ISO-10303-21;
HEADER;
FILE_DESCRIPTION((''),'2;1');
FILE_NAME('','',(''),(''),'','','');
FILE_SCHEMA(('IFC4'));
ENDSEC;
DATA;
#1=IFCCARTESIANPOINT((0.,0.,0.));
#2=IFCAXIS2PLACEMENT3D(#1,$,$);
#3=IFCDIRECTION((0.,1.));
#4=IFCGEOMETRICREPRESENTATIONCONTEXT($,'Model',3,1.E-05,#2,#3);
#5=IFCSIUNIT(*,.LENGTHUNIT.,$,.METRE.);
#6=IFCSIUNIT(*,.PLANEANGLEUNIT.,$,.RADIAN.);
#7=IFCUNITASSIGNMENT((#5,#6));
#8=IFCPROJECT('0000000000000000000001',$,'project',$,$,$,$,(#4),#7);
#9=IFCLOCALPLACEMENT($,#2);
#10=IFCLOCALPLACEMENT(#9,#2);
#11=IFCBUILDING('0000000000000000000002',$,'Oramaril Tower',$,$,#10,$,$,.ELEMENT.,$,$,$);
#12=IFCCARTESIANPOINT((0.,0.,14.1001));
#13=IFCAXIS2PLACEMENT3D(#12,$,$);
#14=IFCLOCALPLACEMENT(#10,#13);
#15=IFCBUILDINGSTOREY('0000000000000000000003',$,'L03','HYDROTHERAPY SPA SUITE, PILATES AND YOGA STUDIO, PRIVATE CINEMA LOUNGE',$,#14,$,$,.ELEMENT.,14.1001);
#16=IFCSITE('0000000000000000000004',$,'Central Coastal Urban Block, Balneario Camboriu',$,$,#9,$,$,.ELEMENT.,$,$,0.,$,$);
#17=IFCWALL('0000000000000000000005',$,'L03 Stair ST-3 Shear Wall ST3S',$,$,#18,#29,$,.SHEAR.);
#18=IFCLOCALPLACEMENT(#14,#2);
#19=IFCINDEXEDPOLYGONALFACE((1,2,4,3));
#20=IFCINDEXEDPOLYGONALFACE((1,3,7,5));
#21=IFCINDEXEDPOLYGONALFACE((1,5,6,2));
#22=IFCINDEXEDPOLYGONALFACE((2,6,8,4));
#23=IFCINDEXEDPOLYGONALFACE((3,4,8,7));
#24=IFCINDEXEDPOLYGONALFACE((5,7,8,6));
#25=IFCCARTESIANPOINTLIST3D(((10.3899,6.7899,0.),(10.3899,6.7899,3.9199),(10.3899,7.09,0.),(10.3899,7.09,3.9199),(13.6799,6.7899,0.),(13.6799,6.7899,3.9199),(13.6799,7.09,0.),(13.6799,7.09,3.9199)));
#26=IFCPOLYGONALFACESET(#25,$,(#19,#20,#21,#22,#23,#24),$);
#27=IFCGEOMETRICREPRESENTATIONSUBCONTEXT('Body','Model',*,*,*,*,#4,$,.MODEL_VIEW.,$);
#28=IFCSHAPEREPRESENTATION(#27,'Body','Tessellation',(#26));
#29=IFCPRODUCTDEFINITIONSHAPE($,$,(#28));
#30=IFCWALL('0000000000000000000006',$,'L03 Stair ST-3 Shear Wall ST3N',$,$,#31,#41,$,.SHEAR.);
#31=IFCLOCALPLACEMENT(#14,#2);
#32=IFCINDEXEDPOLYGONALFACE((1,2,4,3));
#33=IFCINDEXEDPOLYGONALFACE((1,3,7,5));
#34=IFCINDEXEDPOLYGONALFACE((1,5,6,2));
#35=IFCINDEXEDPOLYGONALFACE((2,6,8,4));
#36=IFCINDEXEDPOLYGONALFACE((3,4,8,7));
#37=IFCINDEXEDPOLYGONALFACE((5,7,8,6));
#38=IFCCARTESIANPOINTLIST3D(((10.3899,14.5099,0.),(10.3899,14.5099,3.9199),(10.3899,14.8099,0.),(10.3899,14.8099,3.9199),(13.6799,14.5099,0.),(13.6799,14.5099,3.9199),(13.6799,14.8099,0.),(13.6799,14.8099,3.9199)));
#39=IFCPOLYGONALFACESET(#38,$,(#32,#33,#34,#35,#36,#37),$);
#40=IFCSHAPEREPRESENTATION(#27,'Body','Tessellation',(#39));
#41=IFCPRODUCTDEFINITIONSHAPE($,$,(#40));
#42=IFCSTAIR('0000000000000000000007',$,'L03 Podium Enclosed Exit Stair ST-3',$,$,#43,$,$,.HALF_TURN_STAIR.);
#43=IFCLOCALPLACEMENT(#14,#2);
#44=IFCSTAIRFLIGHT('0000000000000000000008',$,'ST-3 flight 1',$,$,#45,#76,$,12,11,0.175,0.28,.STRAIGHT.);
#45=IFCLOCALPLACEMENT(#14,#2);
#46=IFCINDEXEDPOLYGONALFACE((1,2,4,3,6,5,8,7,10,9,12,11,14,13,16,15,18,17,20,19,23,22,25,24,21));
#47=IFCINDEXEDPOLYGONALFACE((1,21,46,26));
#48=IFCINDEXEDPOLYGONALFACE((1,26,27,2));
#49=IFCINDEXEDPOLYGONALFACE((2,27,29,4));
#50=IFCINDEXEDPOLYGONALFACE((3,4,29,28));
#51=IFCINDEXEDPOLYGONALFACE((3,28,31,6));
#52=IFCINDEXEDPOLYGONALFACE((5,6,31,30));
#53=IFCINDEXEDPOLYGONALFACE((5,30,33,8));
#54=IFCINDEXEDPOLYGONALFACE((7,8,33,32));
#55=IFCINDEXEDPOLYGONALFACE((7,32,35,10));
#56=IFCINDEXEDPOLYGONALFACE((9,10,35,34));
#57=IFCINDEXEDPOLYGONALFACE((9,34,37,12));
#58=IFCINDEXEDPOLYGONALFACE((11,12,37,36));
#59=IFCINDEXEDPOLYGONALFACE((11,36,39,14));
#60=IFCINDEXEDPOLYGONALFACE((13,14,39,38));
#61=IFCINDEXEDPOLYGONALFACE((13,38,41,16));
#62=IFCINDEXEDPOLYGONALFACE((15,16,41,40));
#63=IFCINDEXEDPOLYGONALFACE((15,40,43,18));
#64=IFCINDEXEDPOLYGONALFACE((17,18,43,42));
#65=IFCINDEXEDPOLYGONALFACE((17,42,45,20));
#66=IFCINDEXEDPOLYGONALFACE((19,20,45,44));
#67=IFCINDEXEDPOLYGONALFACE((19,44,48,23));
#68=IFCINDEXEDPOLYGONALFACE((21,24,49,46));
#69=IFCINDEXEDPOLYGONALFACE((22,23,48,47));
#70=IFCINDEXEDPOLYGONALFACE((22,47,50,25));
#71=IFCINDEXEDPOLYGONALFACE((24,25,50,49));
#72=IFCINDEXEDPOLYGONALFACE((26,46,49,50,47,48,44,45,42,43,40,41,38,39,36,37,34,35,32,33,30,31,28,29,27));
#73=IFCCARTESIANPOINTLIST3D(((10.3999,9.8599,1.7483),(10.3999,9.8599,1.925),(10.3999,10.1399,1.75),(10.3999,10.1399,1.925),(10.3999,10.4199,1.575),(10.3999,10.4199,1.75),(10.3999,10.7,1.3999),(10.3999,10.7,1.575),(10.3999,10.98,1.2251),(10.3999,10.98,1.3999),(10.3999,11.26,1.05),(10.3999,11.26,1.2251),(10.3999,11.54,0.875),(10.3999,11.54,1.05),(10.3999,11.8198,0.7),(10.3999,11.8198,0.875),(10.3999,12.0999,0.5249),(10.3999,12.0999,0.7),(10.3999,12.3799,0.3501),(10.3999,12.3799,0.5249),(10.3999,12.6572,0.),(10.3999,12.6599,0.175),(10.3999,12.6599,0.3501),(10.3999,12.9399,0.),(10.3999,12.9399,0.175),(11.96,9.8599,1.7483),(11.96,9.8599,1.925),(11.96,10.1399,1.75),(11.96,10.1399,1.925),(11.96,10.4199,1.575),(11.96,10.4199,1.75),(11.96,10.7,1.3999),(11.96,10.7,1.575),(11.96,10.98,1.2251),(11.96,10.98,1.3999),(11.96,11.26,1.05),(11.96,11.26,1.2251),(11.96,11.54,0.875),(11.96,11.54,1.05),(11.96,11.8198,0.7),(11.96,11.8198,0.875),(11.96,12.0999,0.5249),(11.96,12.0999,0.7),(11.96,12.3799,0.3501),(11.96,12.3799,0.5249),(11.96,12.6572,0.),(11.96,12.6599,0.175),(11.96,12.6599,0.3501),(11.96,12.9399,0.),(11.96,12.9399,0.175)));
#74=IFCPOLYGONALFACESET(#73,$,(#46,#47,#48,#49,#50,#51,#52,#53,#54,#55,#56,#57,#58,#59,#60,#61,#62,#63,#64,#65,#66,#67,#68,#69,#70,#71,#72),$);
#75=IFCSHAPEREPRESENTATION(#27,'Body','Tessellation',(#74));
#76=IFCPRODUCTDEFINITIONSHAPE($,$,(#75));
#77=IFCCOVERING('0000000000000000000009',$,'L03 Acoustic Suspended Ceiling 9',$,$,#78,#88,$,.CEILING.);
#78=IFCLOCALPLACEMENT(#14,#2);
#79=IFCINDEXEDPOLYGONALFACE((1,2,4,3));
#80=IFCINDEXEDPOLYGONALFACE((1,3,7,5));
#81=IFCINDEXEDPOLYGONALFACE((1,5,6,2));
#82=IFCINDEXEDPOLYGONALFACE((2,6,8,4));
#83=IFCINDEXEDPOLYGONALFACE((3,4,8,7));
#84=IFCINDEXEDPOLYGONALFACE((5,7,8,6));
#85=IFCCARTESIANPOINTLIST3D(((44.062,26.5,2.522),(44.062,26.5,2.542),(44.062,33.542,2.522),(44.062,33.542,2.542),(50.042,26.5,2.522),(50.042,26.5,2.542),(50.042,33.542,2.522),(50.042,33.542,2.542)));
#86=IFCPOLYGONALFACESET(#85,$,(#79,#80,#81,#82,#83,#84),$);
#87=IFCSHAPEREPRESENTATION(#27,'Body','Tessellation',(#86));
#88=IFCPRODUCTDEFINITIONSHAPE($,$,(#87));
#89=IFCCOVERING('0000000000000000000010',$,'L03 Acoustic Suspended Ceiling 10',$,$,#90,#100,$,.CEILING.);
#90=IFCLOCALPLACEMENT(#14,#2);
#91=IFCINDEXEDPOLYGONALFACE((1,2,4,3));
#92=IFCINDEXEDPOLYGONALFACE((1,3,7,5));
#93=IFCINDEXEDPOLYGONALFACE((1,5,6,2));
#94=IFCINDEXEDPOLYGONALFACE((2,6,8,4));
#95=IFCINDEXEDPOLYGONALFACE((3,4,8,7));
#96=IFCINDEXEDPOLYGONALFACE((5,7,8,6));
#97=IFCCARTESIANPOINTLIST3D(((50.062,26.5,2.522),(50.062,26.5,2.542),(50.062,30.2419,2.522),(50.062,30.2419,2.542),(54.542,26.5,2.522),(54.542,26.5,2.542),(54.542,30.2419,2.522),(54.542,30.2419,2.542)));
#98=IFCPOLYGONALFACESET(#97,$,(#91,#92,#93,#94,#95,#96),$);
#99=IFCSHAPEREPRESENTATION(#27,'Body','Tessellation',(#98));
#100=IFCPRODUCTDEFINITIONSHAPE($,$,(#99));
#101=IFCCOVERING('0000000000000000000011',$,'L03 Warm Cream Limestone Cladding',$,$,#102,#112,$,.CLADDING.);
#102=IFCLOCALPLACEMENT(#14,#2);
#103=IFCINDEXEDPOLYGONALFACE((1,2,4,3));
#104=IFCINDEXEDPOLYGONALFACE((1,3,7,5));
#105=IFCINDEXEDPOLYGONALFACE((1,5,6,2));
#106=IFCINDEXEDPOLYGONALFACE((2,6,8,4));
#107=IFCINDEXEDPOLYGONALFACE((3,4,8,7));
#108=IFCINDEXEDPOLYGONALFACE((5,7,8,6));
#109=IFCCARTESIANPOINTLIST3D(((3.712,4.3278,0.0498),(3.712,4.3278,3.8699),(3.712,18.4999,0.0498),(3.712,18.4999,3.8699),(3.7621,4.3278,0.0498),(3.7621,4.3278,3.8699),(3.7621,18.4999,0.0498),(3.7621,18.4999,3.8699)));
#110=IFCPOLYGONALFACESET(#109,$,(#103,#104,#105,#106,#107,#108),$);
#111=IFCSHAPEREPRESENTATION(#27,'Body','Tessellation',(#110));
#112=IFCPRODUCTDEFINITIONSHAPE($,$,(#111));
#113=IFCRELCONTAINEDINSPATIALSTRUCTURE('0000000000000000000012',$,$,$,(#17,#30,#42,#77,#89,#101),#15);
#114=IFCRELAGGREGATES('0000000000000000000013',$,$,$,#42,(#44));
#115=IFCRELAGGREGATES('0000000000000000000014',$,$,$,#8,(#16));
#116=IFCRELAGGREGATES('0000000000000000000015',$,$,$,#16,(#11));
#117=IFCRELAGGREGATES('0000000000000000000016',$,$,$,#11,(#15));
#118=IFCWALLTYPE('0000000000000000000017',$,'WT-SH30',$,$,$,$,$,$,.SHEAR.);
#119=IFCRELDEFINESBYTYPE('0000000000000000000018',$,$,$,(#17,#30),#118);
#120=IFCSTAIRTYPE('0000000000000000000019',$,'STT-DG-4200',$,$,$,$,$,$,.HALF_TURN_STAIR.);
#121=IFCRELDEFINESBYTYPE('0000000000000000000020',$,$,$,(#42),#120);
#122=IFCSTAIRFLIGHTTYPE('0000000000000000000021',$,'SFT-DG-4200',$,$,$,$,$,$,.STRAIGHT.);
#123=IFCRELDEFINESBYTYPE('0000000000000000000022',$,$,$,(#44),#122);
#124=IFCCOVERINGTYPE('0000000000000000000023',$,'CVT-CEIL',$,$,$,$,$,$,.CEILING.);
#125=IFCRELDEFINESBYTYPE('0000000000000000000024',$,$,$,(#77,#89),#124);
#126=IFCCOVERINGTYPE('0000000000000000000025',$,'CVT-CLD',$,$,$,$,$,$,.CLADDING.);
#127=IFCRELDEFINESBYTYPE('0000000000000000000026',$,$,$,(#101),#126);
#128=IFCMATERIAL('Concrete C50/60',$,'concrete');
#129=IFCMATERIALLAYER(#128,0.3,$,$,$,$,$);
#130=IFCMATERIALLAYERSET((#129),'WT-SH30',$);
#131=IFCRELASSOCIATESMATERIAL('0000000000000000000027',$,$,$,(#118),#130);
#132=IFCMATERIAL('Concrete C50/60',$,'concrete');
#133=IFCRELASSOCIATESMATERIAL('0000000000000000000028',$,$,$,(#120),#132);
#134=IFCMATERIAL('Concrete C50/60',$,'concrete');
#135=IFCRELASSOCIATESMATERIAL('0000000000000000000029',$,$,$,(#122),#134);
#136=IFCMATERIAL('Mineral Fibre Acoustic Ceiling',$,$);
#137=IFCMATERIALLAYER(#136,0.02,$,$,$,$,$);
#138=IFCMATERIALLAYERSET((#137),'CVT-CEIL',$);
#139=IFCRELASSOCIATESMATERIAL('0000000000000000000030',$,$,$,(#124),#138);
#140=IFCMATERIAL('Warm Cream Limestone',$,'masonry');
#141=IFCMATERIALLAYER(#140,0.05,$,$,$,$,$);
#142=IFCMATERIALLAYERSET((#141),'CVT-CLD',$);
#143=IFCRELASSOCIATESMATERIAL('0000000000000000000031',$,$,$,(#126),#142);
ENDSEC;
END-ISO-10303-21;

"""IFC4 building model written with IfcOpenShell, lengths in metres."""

from ifc_helpers import new_model, si_unit, direction, frame, frame_2d, origin, origin_2d, place, context, subcontext, project, spatial, polyline, rectangle, outline, extrude, material, layer, layer_set, type_object, element, aggregate, save


model = new_model("IFC4")

# Units and contexts
model_context = context("Model", 3, precision=1e-05, world=origin(), true_north=direction((0.0, 1.0)))
body_context = subcontext(model_context, "Body", "Model", "MODEL_VIEW")
ifc_project = project(units=[si_unit("LENGTHUNIT", "METRE"), si_unit("PLANEANGLEUNIT", "RADIAN")], contexts=[model_context])

# Site, building, storey
site_placement = place(None, origin())
site = spatial("IfcSite", under=ifc_project, at=site_placement, Name="Central Coastal Urban Block, Balneario Camboriu", CompositionType="ELEMENT", RefElevation=0.0)
building_placement = place(site_placement, origin())
building = spatial("IfcBuilding", under=site, at=building_placement, Name="Oramaril Tower", CompositionType="ELEMENT")
storey_placement = place(building_placement, frame((0.0, 0.0, 14.1001)))
storey = spatial("IfcBuildingStorey", under=building, at=storey_placement, Name="L03", Description="HYDROTHERAPY SPA SUITE, PILATES AND YOGA STUDIO, PRIVATE CINEMA LOUNGE", CompositionType="ELEMENT", Elevation=14.1001)

# Walls
ifc_material_1 = material(Name="Concrete C50/60", Category="concrete")
ifc_layer_1 = layer(ifc_material_1, 0.3)
ifc_layer_set_1 = layer_set([ifc_layer_1], Name="WT-SH30")
wall_type_1 = type_object("IfcWallType", Name="WT-SH30", PredefinedType="SHEAR", material=ifc_layer_set_1)
for number, where, z_axis, x_axis, name in (
    (1, (10.3899, 6.9399, 0.0), (0.0, 0.0, 1.0), (1.0, 0.0, 0.0), "L03 Stair ST-3 Shear Wall ST3S"),
    (2, (10.3899, 14.6599, 0.0), (0.0, 0.0, 1.0), (1.0, 0.0, 0.0), "L03 Stair ST-3 Shear Wall ST3N"),
):
    element("IfcWall", number, at=place(storey_placement, frame(where, z_axis=z_axis, x_axis=x_axis)), inside=storey, type_object=wall_type_1, Name=name, PredefinedType="SHEAR", context=body_context, shape_type="SweptSolid", body=[
        extrude(rectangle(XDim=3.29, YDim=0.3, at=frame_2d((1.645, 0.0))), origin(), (0.0, 0.0, 1.0), 3.9199),
    ])

# Stair, stair flight
ifc_material_2 = material(Name="Concrete C50/60", Category="concrete")
stair_type = type_object("IfcStairType", Name="STT-DG-4200", PredefinedType="HALF_TURN_STAIR", material=ifc_material_2)
stair_placement = place(storey_placement, origin())
stair = element("IfcStair", 3, at=stair_placement, inside=storey, type_object=stair_type, Name="L03 Podium Enclosed Exit Stair ST-3", PredefinedType="HALF_TURN_STAIR")
ifc_material_3 = material(Name="Concrete C50/60", Category="concrete")
stair_flight_type = type_object("IfcStairFlightType", Name="SFT-DG-4200", PredefinedType="STRAIGHT", material=ifc_material_3)
stair_flight_placement = place(storey_placement, frame((11.1799, 12.9399, 0.0), z_axis=(0.0, 0.0, 1.0), x_axis=(0.0, -1.0, 0.0)))
stair_flight = element("IfcStairFlight", 4, at=stair_flight_placement, type_object=stair_flight_type, Name="ST-3 flight 1", NumberOfRisers=12, NumberOfTreads=11, PredefinedType="STRAIGHT", RiserHeight=0.175, TreadLength=0.28, context=body_context, shape_type="SweptSolid", body=[
    extrude(outline(polyline([(0.0, 0.0), (0.0, 0.175), (0.28, 0.175), (0.28, 0.3501), (0.5601, 0.3501), (0.5601, 0.5249), (0.8401, 0.5249), (0.8401, 0.7), (1.1201, 0.7), (1.1201, 0.875), (1.3999, 0.875), (1.3999, 1.05), (1.6799, 1.05), (1.6799, 1.2251), (1.96, 1.2251), (1.96, 1.3999), (2.24, 1.3999), (2.24, 1.575), (2.52, 1.575), (2.52, 1.75), (2.8, 1.75), (2.8, 1.925), (3.0801, 1.925), (3.0801, 2.1001), (3.0801, 1.7483), (0.2827, 0.0), (0.0, 0.0)])), frame((0.0, 0.78, 0.0), z_axis=(0.0, -1.0, 0.0), x_axis=(1.0, 0.0, 0.0)), (0.0, 0.0, 1.0), 1.5601),
])
aggregate(stair, [stair_flight])

# Coverings
ifc_material_4 = material(Name="Mineral Fibre Acoustic Ceiling")
ifc_layer_2 = layer(ifc_material_4, 0.02)
ifc_layer_set_2 = layer_set([ifc_layer_2], Name="CVT-CEIL")
covering_type_1 = type_object("IfcCoveringType", Name="CVT-CEIL", PredefinedType="CEILING", material=ifc_layer_set_2)
covering_1_placement = place(storey_placement, frame((0.0, 0.0, 2.522)))
element("IfcCovering", 5, at=covering_1_placement, inside=storey, type_object=covering_type_1, Name="L03 Acoustic Suspended Ceiling 9", PredefinedType="CEILING", context=body_context, shape_type="SweptSolid", body=[
    extrude(outline(polyline([(50.042, 33.542), (50.042, 26.5), (44.062, 26.5), (44.062, 33.542), (50.042, 33.542)])), origin(), (0.0, 0.0, 1.0), 0.02),
])
covering_2_placement = place(storey_placement, frame((0.0, 0.0, 2.522)))
element("IfcCovering", 6, at=covering_2_placement, inside=storey, type_object=covering_type_1, Name="L03 Acoustic Suspended Ceiling 10", PredefinedType="CEILING", context=body_context, shape_type="SweptSolid", body=[
    extrude(outline(polyline([(54.542, 26.5), (50.062, 26.5), (50.062, 30.2419), (54.542, 30.2419), (54.542, 26.5)])), origin(), (0.0, 0.0, 1.0), 0.02),
])
ifc_material_5 = material(Name="Warm Cream Limestone", Category="masonry")
ifc_layer_3 = layer(ifc_material_5, 0.05)
ifc_layer_set_3 = layer_set([ifc_layer_3], Name="CVT-CLD")
covering_type_2 = type_object("IfcCoveringType", Name="CVT-CLD", PredefinedType="CLADDING", material=ifc_layer_set_3)
covering_3_placement = place(storey_placement, frame((3.7371, 11.4138, 0.0498), z_axis=(0.0, 0.0, 1.0), x_axis=(0.0, -1.0, 0.0)))
element("IfcCovering", 7, at=covering_3_placement, inside=storey, type_object=covering_type_2, Name="L03 Warm Cream Limestone Cladding", PredefinedType="CLADDING", context=body_context, shape_type="SweptSolid", body=[
    extrude(rectangle(XDim=14.1721, YDim=0.05, at=origin_2d()), origin(), (0.0, 0.0, 1.0), 3.8201),
])

save(model, "model.ifc")
